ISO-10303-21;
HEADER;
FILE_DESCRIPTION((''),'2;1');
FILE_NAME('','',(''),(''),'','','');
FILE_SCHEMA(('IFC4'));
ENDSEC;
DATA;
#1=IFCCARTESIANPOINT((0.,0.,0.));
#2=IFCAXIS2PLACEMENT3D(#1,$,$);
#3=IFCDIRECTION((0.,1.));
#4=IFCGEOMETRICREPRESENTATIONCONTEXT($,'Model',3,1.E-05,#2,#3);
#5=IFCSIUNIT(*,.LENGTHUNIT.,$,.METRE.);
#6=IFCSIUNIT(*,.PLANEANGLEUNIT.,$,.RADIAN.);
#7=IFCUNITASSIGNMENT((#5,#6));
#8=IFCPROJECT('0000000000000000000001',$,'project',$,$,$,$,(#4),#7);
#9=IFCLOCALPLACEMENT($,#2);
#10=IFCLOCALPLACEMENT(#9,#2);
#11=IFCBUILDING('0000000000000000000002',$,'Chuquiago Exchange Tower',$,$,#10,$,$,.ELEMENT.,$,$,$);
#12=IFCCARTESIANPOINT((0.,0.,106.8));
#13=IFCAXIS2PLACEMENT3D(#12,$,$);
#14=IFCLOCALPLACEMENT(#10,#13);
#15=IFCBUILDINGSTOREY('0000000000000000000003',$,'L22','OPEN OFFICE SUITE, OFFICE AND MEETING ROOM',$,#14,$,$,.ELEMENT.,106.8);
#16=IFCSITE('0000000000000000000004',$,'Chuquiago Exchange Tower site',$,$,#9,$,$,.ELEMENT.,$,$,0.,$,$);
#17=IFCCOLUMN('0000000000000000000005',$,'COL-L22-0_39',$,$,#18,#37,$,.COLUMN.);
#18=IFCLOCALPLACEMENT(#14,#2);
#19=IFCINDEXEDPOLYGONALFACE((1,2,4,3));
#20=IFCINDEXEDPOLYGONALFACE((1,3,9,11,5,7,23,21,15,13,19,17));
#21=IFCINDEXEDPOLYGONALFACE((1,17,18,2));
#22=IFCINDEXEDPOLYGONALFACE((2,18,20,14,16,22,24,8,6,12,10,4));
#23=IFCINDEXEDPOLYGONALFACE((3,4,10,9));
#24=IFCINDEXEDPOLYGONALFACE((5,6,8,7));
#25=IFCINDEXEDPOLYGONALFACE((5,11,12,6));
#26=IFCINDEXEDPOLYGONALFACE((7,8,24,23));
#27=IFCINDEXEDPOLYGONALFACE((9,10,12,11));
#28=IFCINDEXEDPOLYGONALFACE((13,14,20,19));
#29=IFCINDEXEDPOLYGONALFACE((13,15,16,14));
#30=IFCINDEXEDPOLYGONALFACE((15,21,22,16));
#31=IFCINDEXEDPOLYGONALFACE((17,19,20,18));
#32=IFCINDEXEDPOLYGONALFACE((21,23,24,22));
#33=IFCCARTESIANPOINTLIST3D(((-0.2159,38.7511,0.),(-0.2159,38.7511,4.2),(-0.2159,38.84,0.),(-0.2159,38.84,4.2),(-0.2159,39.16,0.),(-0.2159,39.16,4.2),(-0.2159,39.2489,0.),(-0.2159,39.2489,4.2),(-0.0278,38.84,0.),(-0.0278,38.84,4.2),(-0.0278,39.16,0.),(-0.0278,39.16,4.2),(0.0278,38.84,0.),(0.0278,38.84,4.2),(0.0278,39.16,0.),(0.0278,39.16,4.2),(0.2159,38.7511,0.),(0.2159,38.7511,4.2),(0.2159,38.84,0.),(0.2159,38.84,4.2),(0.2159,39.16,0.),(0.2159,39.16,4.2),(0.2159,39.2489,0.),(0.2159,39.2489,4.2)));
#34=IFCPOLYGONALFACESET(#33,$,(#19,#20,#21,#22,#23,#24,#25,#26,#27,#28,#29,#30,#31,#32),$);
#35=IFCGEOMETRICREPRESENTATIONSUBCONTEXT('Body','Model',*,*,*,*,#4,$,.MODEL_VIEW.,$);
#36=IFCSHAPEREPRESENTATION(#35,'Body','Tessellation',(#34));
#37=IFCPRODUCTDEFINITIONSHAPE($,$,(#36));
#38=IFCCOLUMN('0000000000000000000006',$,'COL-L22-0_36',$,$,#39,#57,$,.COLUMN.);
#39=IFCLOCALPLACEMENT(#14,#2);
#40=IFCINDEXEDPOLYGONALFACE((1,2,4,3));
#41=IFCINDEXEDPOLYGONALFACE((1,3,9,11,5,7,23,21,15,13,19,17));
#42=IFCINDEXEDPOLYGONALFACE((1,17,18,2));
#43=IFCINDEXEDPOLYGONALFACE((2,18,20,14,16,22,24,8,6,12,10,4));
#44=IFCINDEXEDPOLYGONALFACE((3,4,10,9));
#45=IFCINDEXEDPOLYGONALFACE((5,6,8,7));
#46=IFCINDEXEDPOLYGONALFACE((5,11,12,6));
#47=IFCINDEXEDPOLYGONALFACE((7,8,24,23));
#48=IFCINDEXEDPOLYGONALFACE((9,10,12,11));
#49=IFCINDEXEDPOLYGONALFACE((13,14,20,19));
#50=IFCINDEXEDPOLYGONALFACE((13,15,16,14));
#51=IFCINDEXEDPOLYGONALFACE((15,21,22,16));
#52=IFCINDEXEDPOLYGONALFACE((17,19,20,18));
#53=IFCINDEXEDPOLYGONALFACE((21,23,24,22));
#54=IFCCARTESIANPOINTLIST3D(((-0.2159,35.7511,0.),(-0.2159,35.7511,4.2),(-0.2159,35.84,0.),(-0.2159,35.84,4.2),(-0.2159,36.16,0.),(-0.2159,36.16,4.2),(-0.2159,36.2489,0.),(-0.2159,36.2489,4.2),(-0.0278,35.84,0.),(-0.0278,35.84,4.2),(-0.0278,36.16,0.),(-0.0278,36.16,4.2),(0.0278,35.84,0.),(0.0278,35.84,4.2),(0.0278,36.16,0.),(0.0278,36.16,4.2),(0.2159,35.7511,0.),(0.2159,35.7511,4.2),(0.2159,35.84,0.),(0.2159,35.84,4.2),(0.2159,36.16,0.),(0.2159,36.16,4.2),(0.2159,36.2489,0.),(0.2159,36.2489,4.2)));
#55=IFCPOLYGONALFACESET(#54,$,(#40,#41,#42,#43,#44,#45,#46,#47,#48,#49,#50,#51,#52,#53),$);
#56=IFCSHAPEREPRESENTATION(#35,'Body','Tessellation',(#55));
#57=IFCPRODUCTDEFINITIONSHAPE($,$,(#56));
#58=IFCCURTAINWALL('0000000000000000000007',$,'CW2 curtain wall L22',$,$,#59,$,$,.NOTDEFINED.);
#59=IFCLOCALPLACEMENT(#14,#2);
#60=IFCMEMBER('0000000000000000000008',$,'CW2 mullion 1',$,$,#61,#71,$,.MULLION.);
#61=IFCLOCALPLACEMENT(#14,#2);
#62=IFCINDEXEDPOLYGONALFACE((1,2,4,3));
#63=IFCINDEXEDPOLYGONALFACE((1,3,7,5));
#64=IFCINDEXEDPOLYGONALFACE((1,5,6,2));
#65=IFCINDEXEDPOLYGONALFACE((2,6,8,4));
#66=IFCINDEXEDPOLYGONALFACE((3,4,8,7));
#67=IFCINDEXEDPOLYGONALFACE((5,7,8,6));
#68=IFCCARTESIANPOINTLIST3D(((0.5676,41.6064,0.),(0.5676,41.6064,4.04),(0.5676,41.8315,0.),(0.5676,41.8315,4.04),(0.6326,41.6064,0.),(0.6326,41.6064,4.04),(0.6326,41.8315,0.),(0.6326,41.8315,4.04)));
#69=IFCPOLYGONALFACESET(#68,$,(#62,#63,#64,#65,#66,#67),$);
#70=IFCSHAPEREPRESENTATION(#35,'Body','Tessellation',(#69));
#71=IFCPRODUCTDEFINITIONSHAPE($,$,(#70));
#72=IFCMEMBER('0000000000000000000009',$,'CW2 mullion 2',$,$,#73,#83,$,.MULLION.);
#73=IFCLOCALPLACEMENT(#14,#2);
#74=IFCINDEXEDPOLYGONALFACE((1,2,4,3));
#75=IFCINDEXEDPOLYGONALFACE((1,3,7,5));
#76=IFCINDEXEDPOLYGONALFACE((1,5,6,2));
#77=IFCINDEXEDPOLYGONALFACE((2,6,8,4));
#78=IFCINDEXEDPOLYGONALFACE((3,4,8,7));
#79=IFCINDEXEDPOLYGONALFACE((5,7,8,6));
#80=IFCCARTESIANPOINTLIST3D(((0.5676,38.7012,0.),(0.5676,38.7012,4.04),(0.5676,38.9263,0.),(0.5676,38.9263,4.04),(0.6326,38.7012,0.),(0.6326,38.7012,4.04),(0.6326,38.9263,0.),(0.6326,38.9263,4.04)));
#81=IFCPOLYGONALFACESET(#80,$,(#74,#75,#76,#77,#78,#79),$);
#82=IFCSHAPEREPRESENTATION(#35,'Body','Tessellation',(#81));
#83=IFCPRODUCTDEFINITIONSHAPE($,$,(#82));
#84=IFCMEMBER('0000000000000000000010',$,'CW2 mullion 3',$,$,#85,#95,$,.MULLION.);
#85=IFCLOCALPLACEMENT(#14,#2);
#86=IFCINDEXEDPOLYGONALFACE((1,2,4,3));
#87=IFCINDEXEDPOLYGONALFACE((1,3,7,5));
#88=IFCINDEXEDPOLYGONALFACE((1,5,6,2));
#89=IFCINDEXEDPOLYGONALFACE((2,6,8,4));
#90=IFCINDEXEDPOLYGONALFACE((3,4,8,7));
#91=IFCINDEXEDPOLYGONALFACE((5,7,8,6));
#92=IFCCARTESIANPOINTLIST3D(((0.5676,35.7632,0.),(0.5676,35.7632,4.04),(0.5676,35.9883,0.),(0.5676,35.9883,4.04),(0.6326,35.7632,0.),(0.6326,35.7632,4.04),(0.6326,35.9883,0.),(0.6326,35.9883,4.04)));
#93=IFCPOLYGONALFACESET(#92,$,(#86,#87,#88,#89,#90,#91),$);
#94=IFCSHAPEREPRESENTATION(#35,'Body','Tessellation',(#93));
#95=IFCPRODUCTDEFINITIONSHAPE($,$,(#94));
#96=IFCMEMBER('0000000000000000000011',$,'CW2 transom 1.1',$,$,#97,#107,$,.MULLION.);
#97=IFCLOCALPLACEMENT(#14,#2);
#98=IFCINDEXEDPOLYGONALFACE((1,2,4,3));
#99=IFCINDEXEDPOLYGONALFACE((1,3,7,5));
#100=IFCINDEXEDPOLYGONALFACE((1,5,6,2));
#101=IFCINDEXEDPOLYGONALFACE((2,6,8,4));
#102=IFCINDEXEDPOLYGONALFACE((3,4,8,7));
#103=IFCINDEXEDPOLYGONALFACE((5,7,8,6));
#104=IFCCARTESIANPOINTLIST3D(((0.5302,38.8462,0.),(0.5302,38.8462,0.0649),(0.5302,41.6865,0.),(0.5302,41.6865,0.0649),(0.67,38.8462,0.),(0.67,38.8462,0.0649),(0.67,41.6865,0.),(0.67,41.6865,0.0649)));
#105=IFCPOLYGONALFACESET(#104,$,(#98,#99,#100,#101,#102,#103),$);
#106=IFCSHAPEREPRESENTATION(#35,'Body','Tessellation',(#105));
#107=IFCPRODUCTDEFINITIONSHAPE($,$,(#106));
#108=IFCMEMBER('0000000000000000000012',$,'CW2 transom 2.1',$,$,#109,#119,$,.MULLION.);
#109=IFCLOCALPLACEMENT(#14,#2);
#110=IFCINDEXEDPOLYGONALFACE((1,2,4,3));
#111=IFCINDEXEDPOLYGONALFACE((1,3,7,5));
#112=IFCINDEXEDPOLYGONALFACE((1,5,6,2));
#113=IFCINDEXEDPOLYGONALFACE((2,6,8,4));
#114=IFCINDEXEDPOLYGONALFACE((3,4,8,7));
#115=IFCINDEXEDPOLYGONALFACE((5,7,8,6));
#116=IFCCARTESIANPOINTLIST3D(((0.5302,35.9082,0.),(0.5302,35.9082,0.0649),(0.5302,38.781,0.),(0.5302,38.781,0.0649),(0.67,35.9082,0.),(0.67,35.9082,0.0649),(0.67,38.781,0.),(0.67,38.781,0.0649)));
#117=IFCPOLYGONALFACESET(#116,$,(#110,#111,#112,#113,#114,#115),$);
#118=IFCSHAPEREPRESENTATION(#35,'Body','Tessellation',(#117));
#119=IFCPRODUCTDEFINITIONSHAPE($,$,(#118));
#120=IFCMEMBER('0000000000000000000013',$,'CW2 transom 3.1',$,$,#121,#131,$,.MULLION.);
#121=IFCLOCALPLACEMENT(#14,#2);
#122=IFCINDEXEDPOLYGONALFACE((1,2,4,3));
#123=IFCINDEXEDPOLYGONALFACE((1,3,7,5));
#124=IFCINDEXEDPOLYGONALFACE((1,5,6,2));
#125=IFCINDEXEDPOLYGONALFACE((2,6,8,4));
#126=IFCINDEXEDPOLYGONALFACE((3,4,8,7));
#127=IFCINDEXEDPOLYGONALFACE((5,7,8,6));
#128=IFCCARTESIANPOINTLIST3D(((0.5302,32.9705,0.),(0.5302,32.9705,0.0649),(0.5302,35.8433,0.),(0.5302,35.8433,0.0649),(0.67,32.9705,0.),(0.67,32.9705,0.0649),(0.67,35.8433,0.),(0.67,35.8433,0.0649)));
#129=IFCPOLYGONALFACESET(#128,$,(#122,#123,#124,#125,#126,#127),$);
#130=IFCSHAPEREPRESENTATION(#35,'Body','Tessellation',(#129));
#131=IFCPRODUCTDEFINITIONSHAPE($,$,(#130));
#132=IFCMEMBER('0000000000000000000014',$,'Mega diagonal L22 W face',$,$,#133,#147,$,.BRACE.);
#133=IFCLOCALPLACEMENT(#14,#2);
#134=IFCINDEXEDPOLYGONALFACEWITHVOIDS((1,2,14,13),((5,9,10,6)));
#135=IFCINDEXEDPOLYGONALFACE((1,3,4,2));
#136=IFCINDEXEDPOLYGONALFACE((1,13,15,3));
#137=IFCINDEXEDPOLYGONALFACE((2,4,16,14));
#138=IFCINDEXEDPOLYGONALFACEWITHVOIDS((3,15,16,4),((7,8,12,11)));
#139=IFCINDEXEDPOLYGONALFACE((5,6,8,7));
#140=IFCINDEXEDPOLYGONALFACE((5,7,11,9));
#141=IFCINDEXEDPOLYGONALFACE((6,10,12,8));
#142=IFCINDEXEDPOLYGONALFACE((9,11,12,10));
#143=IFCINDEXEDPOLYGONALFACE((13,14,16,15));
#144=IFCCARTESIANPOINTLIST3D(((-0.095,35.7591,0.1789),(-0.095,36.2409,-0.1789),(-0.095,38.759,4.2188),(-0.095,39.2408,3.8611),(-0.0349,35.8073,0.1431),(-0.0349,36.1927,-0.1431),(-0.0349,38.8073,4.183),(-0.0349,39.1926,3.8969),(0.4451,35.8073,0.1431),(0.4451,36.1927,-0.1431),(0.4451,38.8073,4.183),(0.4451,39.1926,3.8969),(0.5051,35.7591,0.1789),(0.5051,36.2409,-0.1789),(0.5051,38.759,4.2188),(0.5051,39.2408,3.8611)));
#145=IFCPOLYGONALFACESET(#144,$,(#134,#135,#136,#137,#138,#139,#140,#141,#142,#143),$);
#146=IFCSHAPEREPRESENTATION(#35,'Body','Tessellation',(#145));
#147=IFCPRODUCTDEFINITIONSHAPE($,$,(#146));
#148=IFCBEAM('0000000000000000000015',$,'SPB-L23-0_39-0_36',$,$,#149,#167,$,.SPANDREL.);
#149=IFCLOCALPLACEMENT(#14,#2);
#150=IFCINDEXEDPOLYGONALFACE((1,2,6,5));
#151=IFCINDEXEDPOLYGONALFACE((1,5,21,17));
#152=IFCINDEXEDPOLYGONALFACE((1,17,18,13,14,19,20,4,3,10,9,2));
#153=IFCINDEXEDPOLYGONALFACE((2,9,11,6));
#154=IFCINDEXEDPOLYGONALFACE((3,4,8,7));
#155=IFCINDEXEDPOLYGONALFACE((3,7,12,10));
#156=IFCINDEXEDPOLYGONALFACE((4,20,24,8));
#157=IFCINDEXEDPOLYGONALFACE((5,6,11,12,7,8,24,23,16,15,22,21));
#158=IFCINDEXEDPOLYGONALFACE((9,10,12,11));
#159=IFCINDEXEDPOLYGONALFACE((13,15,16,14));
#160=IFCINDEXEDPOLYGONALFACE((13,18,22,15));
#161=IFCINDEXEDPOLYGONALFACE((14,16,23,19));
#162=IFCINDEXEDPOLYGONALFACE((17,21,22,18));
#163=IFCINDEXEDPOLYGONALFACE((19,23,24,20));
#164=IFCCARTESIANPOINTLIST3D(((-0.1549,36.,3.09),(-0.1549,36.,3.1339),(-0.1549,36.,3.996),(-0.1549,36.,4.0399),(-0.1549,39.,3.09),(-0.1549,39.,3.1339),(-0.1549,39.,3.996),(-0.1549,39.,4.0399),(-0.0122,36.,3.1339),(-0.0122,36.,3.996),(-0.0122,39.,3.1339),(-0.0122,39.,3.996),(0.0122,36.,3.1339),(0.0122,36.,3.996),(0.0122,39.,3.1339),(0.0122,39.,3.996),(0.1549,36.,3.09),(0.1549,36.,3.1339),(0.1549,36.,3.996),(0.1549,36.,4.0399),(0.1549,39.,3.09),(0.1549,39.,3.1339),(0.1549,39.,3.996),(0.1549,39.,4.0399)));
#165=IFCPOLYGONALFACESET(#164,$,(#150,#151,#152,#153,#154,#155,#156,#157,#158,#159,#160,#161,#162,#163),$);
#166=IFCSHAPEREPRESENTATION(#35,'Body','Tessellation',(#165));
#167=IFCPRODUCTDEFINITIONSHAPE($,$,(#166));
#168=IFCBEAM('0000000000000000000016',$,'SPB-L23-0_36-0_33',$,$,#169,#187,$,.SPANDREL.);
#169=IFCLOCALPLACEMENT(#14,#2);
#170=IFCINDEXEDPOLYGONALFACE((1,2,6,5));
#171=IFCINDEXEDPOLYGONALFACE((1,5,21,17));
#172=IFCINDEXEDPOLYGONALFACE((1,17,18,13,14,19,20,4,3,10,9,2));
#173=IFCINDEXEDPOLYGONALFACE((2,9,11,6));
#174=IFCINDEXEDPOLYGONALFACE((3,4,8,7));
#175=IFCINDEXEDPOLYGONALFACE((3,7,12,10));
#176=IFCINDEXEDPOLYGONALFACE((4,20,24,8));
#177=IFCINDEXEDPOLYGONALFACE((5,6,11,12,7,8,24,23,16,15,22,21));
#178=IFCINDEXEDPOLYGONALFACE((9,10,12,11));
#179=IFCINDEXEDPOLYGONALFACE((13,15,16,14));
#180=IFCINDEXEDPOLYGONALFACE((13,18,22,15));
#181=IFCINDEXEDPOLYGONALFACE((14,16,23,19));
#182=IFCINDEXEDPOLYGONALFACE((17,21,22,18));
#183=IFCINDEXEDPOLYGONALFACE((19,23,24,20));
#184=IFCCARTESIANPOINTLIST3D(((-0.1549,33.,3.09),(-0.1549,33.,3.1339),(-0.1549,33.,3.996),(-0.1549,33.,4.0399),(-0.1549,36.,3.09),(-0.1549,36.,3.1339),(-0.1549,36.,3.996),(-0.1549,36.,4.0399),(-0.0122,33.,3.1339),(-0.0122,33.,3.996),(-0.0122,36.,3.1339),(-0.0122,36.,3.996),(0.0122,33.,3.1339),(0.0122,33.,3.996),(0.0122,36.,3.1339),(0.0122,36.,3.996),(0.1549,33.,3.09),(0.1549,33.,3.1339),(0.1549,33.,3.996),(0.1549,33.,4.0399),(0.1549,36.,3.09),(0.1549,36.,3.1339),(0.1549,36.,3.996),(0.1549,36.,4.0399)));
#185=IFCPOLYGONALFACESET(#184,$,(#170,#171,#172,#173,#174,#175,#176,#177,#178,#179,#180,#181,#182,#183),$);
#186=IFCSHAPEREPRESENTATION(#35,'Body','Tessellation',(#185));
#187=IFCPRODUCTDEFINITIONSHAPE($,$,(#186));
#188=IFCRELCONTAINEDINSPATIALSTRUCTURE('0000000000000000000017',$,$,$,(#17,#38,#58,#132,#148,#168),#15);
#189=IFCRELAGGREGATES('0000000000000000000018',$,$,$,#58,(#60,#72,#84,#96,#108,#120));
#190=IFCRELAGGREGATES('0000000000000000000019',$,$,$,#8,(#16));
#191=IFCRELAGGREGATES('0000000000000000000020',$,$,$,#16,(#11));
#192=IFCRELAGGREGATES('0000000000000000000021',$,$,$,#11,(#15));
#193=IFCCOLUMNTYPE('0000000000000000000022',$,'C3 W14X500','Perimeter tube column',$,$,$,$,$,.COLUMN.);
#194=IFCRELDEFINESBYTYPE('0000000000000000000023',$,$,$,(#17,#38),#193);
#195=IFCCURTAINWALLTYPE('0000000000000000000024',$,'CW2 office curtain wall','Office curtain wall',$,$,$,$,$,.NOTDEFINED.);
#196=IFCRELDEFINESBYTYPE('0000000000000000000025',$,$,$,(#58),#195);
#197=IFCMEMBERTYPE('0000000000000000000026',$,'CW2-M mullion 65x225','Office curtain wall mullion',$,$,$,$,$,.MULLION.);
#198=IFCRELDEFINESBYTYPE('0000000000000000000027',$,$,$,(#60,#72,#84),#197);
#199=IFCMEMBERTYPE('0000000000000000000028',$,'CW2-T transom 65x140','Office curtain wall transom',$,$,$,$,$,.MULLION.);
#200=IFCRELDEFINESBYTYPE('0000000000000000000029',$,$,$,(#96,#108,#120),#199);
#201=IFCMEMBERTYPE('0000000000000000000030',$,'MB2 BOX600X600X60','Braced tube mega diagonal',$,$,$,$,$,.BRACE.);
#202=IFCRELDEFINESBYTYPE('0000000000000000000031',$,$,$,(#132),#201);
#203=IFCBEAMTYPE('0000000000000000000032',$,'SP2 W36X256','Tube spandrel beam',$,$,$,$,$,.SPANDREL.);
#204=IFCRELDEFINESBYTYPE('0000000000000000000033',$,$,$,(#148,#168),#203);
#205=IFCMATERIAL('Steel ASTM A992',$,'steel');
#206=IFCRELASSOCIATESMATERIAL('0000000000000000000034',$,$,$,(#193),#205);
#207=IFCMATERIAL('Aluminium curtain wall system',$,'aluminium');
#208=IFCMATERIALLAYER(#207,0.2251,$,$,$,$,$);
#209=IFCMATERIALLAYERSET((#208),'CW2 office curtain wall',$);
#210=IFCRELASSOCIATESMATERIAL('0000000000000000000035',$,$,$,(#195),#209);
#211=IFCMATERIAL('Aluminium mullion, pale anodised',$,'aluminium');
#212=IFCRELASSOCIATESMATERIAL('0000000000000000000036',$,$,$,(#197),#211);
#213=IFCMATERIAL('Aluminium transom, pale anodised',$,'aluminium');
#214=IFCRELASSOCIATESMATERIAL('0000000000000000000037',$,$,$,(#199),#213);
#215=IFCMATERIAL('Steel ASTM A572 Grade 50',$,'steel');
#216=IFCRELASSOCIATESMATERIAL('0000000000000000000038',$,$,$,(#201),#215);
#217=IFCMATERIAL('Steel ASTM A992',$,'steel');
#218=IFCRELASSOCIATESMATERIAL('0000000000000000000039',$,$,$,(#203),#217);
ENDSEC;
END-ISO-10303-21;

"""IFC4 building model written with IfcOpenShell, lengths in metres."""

from ifc_helpers import new_model, si_unit, direction, frame, origin, origin_2d, place, context, subcontext, project, spatial, rectangle, hollow_rectangle, i_section, extrude, material, layer, layer_set, material_profile, profile_set, type_object, element, aggregate, save


model = new_model("IFC4")

# Units and contexts
model_context = context("Model", 3, precision=1e-05, world=origin(), true_north=direction((0.0, 1.0)))
body_context = subcontext(model_context, "Body", "Model", "MODEL_VIEW")
ifc_project = project(units=[si_unit("LENGTHUNIT", "METRE"), si_unit("PLANEANGLEUNIT", "RADIAN")], contexts=[model_context])

# Site, building, storey
site_placement = place(None, origin())
site = spatial("IfcSite", under=ifc_project, at=site_placement, Name="Chuquiago Exchange Tower site", CompositionType="ELEMENT", RefElevation=0.0)
building_placement = place(site_placement, origin())
building = spatial("IfcBuilding", under=site, at=building_placement, Name="Chuquiago Exchange Tower", CompositionType="ELEMENT")
storey_placement = place(building_placement, frame((0.0, 0.0, 106.8)))
storey = spatial("IfcBuildingStorey", under=building, at=storey_placement, Name="L22", Description="OPEN OFFICE SUITE, OFFICE AND MEETING ROOM", CompositionType="ELEMENT", Elevation=106.8)

# Columns
ifc_material_1 = material(Name="Steel ASTM A992", Category="steel")
ifc_material_profile_1 = material_profile(ifc_material_1, i_section(OverallWidth=0.4319, OverallDepth=0.4978, WebThickness=0.0557, FlangeThickness=0.0889, at=origin_2d()), Name="W14X500")
ifc_profile_set_1 = profile_set([ifc_material_profile_1], Name="Steel ASTM A992")
column_type = type_object("IfcColumnType", Name="C3 W14X500", Description="Perimeter tube column", PredefinedType="COLUMN", material=ifc_profile_set_1)
for number, where, z_axis, x_axis, name in (
    (1, (0.0, 39.0, 0.0), (0.0, 0.0, 1.0), (-1.0, 0.0, 0.0), "COL-L22-0_39"),
    (2, (0.0, 36.0, 0.0), (0.0, 0.0, 1.0), (-1.0, 0.0, 0.0), "COL-L22-0_36"),
):
    element("IfcColumn", number, at=place(storey_placement, frame(where, z_axis=z_axis, x_axis=x_axis)), inside=storey, type_object=column_type, Name=name, PredefinedType="COLUMN", context=body_context, shape_type="SweptSolid", body=[
        extrude(i_section(OverallWidth=0.4319, OverallDepth=0.4978, WebThickness=0.0557, FlangeThickness=0.0889, at=origin_2d()), origin(), (0.0, 0.0, 1.0), 4.2),
    ])

# Curtain wall, members
ifc_material_2 = material(Name="Aluminium curtain wall system", Category="aluminium")
ifc_layer_1 = layer(ifc_material_2, 0.2251)
ifc_layer_set_1 = layer_set([ifc_layer_1], Name="CW2 office curtain wall")
curtain_wall_type = type_object("IfcCurtainWallType", Name="CW2 office curtain wall", Description="Office curtain wall", PredefinedType="NOTDEFINED", material=ifc_layer_set_1)
curtain_wall_placement = place(storey_placement, origin())
curtain_wall = element("IfcCurtainWall", 3, at=curtain_wall_placement, inside=storey, type_object=curtain_wall_type, Name="CW2 curtain wall L22", PredefinedType="NOTDEFINED")
ifc_material_3 = material(Name="Aluminium mullion, pale anodised", Category="aluminium")
ifc_material_profile_2 = material_profile(ifc_material_3, rectangle(XDim=0.0649, YDim=0.2251, at=origin_2d()), Name="AL 65x225")
ifc_profile_set_2 = profile_set([ifc_material_profile_2], Name="Aluminium mullion, pale anodised")
member_type_1 = type_object("IfcMemberType", Name="CW2-M mullion 65x225", Description="Office curtain wall mullion", PredefinedType="MULLION", material=ifc_profile_set_2)
member_1_placement = place(storey_placement, frame((0.6001, 41.719, 0.0), z_axis=(0.0, 0.0, 1.0), x_axis=(1.0, 0.0, 0.0)))
member_1 = element("IfcMember", 4, at=member_1_placement, type_object=member_type_1, Name="CW2 mullion 1", PredefinedType="MULLION", context=body_context, shape_type="SweptSolid", body=[
    extrude(rectangle(XDim=0.0649, YDim=0.2251, at=origin_2d()), origin(), (0.0, 0.0, 1.0), 4.04),
])
member_2_placement = place(storey_placement, frame((0.6001, 38.8137, 0.0), z_axis=(0.0, 0.0, 1.0), x_axis=(1.0, 0.0, 0.0)))
member_2 = element("IfcMember", 5, at=member_2_placement, type_object=member_type_1, Name="CW2 mullion 2", PredefinedType="MULLION", context=body_context, shape_type="SweptSolid", body=[
    extrude(rectangle(XDim=0.0649, YDim=0.2251, at=origin_2d()), origin(), (0.0, 0.0, 1.0), 4.04),
])
member_3_placement = place(storey_placement, frame((0.6001, 35.8757, 0.0), z_axis=(0.0, 0.0, 1.0), x_axis=(1.0, 0.0, 0.0)))
member_3 = element("IfcMember", 6, at=member_3_placement, type_object=member_type_1, Name="CW2 mullion 3", PredefinedType="MULLION", context=body_context, shape_type="SweptSolid", body=[
    extrude(rectangle(XDim=0.0649, YDim=0.2251, at=origin_2d()), origin(), (0.0, 0.0, 1.0), 4.04),
])
ifc_material_4 = material(Name="Aluminium transom, pale anodised", Category="aluminium")
ifc_material_profile_3 = material_profile(ifc_material_4, rectangle(XDim=0.1399, YDim=0.0649, at=origin_2d()), Name="AL 140x65")
ifc_profile_set_3 = profile_set([ifc_material_profile_3], Name="Aluminium transom, pale anodised")
member_type_2 = type_object("IfcMemberType", Name="CW2-T transom 65x140", Description="Office curtain wall transom", PredefinedType="MULLION", material=ifc_profile_set_3)
member_4_placement = place(storey_placement, frame((0.6001, 41.6865, 0.0325), z_axis=(0.0, -1.0, 0.0), x_axis=(1.0, 0.0, 0.0)))
member_4 = element("IfcMember", 7, at=member_4_placement, type_object=member_type_2, Name="CW2 transom 1.1", PredefinedType="MULLION", context=body_context, shape_type="SweptSolid", body=[
    extrude(rectangle(XDim=0.1399, YDim=0.0649, at=origin_2d()), origin(), (0.0, 0.0, 1.0), 2.8403),
])
member_5_placement = place(storey_placement, frame((0.6001, 38.781, 0.0325), z_axis=(0.0, -1.0, 0.0), x_axis=(1.0, 0.0, 0.0)))
member_5 = element("IfcMember", 8, at=member_5_placement, type_object=member_type_2, Name="CW2 transom 2.1", PredefinedType="MULLION", context=body_context, shape_type="SweptSolid", body=[
    extrude(rectangle(XDim=0.1399, YDim=0.0649, at=origin_2d()), origin(), (0.0, 0.0, 1.0), 2.8728),
])
member_6_placement = place(storey_placement, frame((0.6001, 35.8433, 0.0325), z_axis=(0.0, -1.0, 0.0), x_axis=(1.0, 0.0, 0.0)))
member_6 = element("IfcMember", 9, at=member_6_placement, type_object=member_type_2, Name="CW2 transom 3.1", PredefinedType="MULLION", context=body_context, shape_type="SweptSolid", body=[
    extrude(rectangle(XDim=0.1399, YDim=0.0649, at=origin_2d()), origin(), (0.0, 0.0, 1.0), 2.8728),
])

# Member
ifc_material_5 = material(Name="Steel ASTM A572 Grade 50", Category="steel")
ifc_material_profile_4 = material_profile(ifc_material_5, hollow_rectangle(XDim=0.6001, YDim=0.6001, WallThickness=0.0601, at=origin_2d()), Name="BOX600X600X60")
ifc_profile_set_4 = profile_set([ifc_material_profile_4], Name="Steel ASTM A572 Grade 50")
member_type_3 = type_object("IfcMemberType", Name="MB2 BOX600X600X60", Description="Braced tube mega diagonal", PredefinedType="BRACE", material=ifc_profile_set_4)
member_7_placement = place(storey_placement, frame((0.2051, 36.0, 0.0), z_axis=(0.0, 0.596174, 0.802855), x_axis=(-1.0, 0.0, 0.0)))
element("IfcMember", 10, at=member_7_placement, inside=storey, type_object=member_type_3, Name="Mega diagonal L22 W face", PredefinedType="BRACE", context=body_context, shape_type="SweptSolid", body=[
    extrude(hollow_rectangle(XDim=0.6001, YDim=0.6001, WallThickness=0.0601, at=origin_2d()), origin(), (0.0, 0.0, 1.0), 5.032),
])

# Beams
ifc_material_6 = material(Name="Steel ASTM A992", Category="steel")
ifc_material_profile_5 = material_profile(ifc_material_6, i_section(OverallWidth=0.3098, OverallDepth=0.95, WebThickness=0.0244, FlangeThickness=0.0439, at=origin_2d()), Name="W36X256")
ifc_profile_set_5 = profile_set([ifc_material_profile_5], Name="Steel ASTM A992")
beam_type = type_object("IfcBeamType", Name="SP2 W36X256", Description="Tube spandrel beam", PredefinedType="SPANDREL", material=ifc_profile_set_5)
for number, where, z_axis, x_axis, name in (
    (11, (0.0, 39.0, 3.5649), (0.0, -1.0, 0.0), (1.0, 0.0, 0.0), "SPB-L23-0_39-0_36"),
    (12, (0.0, 36.0, 3.5649), (0.0, -1.0, 0.0), (1.0, 0.0, 0.0), "SPB-L23-0_36-0_33"),
):
    element("IfcBeam", number, at=place(storey_placement, frame(where, z_axis=z_axis, x_axis=x_axis)), inside=storey, type_object=beam_type, Name=name, PredefinedType="SPANDREL", context=body_context, shape_type="SweptSolid", body=[
        extrude(i_section(OverallWidth=0.3098, OverallDepth=0.95, WebThickness=0.0244, FlangeThickness=0.0439, at=origin_2d()), origin(), (0.0, 0.0, 1.0), 3.0),
    ])

aggregate(curtain_wall, [member_1, member_2, member_3, member_4, member_5, member_6])

save(model, "model.ifc")
